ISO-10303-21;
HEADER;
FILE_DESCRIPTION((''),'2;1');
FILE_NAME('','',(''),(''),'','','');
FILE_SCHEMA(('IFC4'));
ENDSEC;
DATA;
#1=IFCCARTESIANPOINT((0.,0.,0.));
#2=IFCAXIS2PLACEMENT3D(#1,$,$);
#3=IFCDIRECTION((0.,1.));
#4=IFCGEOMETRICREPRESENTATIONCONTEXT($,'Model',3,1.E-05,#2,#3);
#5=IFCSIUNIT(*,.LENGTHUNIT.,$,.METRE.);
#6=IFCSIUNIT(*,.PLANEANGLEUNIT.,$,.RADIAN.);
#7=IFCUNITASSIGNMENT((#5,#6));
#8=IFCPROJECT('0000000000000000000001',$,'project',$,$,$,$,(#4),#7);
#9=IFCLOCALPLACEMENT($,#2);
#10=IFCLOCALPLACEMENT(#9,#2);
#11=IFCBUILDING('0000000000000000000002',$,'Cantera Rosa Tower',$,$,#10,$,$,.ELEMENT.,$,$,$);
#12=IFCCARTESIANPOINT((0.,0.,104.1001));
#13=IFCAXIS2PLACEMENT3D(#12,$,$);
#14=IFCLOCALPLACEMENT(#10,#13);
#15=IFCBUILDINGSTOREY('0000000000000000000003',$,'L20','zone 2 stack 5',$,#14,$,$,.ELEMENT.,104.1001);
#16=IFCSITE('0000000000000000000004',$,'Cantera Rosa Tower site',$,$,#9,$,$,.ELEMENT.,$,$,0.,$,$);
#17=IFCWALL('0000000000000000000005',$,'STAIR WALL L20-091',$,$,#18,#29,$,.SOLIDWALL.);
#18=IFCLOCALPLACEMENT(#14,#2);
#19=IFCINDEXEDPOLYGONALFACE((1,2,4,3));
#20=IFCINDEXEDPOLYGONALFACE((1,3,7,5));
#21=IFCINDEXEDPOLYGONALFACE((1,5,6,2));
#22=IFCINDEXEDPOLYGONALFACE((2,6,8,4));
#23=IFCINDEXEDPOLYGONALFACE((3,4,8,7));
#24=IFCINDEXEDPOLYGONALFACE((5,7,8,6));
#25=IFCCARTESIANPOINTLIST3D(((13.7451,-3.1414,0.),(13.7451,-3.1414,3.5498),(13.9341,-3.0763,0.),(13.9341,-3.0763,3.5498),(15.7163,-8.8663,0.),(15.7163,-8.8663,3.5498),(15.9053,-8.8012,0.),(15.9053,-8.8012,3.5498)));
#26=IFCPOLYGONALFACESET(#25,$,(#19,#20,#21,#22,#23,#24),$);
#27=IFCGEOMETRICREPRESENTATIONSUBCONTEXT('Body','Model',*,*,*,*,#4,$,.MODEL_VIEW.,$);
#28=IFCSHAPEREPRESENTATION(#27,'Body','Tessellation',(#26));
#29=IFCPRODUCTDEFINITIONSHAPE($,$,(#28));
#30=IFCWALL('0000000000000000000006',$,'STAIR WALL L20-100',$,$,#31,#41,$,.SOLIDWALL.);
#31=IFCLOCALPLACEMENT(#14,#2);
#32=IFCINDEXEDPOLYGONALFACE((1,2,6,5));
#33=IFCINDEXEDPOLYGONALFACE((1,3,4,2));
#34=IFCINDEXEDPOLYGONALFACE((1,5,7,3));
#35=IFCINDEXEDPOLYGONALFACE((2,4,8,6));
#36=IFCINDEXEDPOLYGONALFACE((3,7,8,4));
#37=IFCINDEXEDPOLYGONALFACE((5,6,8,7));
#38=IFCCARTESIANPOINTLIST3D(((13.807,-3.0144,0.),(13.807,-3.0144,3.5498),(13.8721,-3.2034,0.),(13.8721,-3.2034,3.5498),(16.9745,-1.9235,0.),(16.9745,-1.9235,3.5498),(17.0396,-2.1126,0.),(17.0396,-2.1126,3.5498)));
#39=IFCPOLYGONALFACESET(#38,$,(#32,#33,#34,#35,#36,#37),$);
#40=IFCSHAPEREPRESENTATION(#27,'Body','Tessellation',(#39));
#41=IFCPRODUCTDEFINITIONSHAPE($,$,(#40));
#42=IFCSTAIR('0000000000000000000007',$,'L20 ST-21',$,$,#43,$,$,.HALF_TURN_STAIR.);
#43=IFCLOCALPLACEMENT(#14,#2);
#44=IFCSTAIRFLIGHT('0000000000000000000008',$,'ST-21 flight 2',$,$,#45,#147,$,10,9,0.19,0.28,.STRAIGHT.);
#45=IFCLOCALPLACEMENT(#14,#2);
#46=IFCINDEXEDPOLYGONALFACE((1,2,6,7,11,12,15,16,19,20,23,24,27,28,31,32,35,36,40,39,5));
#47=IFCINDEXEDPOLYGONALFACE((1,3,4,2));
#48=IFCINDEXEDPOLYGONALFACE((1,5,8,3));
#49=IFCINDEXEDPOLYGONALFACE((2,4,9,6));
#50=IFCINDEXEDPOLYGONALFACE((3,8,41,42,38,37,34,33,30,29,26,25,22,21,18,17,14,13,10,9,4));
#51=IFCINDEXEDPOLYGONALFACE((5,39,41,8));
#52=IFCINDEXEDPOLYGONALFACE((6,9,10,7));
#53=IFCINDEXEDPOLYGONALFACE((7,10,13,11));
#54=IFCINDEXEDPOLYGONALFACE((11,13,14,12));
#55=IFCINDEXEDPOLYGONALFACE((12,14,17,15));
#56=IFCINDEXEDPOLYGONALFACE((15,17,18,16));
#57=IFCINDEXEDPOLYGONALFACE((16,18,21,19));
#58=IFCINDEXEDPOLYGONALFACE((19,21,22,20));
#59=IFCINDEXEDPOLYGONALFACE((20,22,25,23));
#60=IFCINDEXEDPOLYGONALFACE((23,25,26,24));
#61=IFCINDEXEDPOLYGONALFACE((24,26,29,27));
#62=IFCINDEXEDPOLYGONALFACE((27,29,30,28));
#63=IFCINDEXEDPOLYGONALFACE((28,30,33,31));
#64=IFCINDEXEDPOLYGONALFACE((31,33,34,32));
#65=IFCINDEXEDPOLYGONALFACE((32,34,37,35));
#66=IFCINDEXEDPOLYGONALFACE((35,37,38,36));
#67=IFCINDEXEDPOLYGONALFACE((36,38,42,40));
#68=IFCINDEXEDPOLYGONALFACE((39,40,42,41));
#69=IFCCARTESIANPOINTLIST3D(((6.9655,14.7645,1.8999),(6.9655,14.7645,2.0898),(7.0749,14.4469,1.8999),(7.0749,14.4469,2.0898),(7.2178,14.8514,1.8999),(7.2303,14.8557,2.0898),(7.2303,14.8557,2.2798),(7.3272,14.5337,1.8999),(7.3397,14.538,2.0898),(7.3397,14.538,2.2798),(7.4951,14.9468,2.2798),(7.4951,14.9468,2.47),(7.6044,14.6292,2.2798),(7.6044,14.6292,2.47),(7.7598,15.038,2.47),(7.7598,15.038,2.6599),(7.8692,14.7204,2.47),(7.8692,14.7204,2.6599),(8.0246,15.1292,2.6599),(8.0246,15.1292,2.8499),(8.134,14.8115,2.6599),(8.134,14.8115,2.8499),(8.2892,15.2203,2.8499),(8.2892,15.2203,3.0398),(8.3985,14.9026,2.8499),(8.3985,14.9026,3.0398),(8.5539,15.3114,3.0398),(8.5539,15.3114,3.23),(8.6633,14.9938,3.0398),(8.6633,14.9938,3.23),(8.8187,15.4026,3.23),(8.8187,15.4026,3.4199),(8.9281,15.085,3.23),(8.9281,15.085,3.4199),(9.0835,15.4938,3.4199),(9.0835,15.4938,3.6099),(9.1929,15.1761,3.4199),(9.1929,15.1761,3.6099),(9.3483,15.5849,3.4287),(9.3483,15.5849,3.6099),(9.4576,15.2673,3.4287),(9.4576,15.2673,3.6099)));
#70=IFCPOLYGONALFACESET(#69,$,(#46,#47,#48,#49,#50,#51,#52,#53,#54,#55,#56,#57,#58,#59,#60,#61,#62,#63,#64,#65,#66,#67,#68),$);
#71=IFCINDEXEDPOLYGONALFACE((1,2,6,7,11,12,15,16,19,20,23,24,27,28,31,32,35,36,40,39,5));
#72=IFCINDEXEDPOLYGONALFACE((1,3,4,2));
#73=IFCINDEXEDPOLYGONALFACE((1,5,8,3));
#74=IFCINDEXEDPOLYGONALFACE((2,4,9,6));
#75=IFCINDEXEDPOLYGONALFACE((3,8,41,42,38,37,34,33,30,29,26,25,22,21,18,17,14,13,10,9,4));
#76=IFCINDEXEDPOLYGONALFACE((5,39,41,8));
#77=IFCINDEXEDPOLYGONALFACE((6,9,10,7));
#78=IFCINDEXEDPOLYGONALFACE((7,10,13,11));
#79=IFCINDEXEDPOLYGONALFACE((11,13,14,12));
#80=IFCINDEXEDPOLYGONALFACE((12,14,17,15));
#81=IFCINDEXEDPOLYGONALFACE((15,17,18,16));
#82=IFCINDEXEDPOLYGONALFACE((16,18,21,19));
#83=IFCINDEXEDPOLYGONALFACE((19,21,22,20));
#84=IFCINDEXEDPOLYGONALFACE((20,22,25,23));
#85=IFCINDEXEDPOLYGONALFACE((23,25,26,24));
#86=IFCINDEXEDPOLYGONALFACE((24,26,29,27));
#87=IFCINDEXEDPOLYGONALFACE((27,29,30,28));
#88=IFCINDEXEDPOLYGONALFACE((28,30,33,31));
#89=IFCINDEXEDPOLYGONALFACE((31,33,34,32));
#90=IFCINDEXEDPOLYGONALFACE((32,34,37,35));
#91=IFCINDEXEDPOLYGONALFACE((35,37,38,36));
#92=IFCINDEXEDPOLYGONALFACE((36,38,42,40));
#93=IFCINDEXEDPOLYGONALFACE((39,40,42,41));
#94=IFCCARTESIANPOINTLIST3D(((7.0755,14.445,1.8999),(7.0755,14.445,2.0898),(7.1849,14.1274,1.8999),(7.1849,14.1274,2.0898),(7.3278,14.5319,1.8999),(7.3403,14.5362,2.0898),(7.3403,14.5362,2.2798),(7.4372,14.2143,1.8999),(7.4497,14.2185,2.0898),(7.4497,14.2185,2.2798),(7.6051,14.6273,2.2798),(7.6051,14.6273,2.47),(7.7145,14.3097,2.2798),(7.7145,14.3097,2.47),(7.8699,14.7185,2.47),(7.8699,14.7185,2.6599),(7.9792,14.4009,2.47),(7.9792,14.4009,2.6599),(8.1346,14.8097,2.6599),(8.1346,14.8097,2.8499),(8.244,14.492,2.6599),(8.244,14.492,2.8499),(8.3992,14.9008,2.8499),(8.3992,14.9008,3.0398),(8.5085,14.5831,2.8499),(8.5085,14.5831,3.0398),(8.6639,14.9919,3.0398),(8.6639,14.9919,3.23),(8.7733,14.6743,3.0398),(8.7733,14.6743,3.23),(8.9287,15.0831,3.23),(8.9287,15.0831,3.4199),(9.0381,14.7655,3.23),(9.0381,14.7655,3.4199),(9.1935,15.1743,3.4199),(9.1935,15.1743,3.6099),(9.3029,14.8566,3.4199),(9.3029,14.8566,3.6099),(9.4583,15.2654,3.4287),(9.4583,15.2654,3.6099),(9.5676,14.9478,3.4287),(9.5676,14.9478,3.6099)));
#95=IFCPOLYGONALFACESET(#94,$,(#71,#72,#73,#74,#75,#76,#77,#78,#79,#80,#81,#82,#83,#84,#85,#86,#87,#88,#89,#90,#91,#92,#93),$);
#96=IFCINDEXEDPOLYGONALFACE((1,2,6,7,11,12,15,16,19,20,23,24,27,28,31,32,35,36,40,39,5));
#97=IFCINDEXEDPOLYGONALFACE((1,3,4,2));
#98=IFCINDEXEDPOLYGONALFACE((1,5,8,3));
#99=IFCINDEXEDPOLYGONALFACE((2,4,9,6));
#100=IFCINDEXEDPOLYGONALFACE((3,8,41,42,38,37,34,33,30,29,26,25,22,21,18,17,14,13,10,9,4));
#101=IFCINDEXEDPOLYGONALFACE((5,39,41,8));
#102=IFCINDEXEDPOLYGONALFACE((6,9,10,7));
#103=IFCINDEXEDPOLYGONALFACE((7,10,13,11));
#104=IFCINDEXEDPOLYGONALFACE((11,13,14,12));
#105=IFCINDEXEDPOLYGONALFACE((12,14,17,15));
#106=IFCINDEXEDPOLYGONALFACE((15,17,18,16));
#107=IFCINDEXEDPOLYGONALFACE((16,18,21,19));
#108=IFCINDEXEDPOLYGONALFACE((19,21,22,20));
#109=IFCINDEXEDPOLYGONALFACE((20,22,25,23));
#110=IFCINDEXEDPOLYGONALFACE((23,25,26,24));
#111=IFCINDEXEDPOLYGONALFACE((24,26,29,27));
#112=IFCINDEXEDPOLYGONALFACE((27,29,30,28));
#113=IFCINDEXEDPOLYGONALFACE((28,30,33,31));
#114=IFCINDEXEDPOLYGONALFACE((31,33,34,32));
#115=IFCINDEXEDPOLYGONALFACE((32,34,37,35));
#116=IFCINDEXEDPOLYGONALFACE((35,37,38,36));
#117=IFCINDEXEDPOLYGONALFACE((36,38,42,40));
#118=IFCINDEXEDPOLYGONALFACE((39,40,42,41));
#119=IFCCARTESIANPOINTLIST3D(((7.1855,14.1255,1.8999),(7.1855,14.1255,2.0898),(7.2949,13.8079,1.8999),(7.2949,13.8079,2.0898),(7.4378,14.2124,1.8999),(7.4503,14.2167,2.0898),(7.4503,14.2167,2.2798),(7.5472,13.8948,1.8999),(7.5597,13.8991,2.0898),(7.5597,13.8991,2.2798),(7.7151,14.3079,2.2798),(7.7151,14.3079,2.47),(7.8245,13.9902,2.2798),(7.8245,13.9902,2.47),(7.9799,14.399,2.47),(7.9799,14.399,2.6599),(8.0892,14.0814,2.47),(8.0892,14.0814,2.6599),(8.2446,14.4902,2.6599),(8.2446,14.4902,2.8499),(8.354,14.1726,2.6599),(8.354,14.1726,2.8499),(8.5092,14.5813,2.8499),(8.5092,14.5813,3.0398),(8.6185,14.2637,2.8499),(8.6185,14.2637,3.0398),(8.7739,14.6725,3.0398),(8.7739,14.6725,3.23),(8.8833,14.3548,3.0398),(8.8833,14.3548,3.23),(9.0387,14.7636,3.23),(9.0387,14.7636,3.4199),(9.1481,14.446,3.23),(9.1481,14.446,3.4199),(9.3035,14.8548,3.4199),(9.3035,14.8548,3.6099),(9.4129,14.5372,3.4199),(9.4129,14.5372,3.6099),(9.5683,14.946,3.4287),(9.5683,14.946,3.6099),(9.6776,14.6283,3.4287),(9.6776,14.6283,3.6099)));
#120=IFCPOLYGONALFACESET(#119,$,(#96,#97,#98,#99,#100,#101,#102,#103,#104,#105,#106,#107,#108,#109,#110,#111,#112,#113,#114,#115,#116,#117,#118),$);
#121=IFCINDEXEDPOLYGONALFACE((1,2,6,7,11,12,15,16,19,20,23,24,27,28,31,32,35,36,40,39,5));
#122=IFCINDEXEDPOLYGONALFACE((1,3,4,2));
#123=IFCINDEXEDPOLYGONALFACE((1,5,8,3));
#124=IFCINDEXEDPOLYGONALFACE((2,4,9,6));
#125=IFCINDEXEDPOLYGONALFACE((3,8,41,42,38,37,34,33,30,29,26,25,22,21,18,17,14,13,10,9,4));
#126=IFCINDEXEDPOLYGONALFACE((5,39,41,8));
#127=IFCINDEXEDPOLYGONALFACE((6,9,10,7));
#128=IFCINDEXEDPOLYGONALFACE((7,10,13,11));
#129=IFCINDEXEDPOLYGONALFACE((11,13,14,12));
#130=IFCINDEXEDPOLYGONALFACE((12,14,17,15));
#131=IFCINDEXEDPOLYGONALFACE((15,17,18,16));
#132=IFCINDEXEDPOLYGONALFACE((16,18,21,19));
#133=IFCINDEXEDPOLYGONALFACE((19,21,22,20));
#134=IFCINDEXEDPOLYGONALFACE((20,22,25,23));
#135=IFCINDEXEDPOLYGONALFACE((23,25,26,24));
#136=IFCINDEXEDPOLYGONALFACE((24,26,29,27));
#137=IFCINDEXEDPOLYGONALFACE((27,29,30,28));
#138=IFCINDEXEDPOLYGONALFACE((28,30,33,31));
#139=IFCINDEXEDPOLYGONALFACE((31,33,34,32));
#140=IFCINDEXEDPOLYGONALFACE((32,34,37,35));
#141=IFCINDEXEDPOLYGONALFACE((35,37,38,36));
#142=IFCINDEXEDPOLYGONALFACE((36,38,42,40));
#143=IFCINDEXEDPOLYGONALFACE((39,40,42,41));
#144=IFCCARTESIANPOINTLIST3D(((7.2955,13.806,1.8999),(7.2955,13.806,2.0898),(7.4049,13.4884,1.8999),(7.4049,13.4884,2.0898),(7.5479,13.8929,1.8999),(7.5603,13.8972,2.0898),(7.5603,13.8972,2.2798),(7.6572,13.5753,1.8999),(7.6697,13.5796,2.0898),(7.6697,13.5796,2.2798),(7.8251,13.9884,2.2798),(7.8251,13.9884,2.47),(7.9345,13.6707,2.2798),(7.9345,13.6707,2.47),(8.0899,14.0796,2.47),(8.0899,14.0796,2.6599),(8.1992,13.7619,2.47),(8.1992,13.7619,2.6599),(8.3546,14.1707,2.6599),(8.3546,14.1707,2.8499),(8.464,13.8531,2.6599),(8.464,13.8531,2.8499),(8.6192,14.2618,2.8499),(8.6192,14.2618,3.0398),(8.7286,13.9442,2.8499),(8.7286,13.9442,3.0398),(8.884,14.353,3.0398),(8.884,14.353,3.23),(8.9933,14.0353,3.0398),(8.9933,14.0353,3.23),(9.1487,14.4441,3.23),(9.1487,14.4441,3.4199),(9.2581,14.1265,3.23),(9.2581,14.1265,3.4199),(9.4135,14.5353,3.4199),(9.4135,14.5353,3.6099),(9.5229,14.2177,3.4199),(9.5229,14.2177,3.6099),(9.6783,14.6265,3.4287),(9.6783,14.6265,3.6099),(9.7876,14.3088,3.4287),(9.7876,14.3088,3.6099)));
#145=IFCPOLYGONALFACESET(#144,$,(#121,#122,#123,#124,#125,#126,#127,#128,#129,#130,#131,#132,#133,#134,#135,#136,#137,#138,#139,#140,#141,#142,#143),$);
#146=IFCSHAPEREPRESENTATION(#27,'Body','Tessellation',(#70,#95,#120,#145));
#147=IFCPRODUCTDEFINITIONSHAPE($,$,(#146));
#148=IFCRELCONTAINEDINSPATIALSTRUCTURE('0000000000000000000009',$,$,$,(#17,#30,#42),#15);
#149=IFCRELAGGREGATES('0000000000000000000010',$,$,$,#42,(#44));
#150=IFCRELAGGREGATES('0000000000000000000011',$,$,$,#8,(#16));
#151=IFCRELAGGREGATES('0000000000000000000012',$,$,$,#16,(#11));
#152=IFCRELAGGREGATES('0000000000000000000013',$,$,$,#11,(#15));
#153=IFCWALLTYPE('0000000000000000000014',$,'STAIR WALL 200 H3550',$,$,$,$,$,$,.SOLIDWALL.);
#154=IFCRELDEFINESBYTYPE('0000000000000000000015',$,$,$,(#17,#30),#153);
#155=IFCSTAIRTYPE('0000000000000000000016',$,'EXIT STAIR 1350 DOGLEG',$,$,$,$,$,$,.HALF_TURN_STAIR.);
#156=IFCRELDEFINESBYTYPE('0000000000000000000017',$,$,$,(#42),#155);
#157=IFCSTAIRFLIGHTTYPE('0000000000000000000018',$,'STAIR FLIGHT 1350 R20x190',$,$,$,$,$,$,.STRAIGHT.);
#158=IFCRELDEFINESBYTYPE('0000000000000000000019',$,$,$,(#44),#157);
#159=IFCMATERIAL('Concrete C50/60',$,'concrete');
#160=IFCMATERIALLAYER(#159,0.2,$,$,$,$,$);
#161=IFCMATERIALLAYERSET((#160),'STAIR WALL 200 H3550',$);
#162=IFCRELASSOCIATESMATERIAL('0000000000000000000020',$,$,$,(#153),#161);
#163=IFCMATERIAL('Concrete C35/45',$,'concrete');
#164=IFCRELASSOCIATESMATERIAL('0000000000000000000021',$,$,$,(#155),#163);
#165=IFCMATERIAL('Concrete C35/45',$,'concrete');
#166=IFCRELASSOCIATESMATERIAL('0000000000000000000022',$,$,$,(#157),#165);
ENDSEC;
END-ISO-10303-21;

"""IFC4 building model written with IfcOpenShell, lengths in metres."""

from ifc_helpers import new_model, si_unit, direction, frame, frame_2d, origin, place, context, subcontext, project, spatial, polyline, rectangle, outline, extrude, material, layer, layer_set, type_object, element, aggregate, save


model = new_model("IFC4")

# Units and contexts
model_context = context("Model", 3, precision=1e-05, world=origin(), true_north=direction((0.0, 1.0)))
body_context = subcontext(model_context, "Body", "Model", "MODEL_VIEW")
ifc_project = project(units=[si_unit("LENGTHUNIT", "METRE"), si_unit("PLANEANGLEUNIT", "RADIAN")], contexts=[model_context])

# Site, building, storey
site_placement = place(None, origin())
site = spatial("IfcSite", under=ifc_project, at=site_placement, Name="Cantera Rosa Tower site", CompositionType="ELEMENT", RefElevation=0.0)
building_placement = place(site_placement, origin())
building = spatial("IfcBuilding", under=site, at=building_placement, Name="Cantera Rosa Tower", CompositionType="ELEMENT")
storey_placement = place(building_placement, frame((0.0, 0.0, 104.1001)))
storey = spatial("IfcBuildingStorey", under=building, at=storey_placement, Name="L20", Description="zone 2 stack 5", CompositionType="ELEMENT", Elevation=104.1001)

# Walls
ifc_material_1 = material(Name="Concrete C50/60", Category="concrete")
ifc_layer_1 = layer(ifc_material_1, 0.2)
ifc_layer_set_1 = layer_set([ifc_layer_1], Name="STAIR WALL 200 H3550")
wall_type_1 = type_object("IfcWallType", Name="STAIR WALL 200 H3550", PredefinedType="SOLIDWALL", material=ifc_layer_set_1)
wall_1_placement = place(storey_placement, frame((13.8396, -3.1089, 0.0), z_axis=(0.0, 0.0, 1.0), x_axis=(0.325563, -0.94552, 0.0)))
element("IfcWall", 1, at=wall_1_placement, inside=storey, type_object=wall_type_1, Name="STAIR WALL L20-091", PredefinedType="SOLIDWALL", context=body_context, shape_type="SweptSolid", body=[
    extrude(rectangle(XDim=6.0547, YDim=0.2, at=frame_2d((3.0273, 0.0))), origin(), (0.0, 0.0, 1.0), 3.5498),
])
wall_2_placement = place(storey_placement, frame((17.0071, -2.0181, 0.0), z_axis=(0.0, 0.0, 1.0), x_axis=(-0.945503, -0.325613, 0.0)))
element("IfcWall", 2, at=wall_2_placement, inside=storey, type_object=wall_type_1, Name="STAIR WALL L20-100", PredefinedType="SOLIDWALL", context=body_context, shape_type="SweptSolid", body=[
    extrude(rectangle(XDim=3.3501, YDim=0.2, at=frame_2d((1.675, 0.0))), origin(), (0.0, 0.0, 1.0), 3.5498),
])

# Stair, stair flight
ifc_material_2 = material(Name="Concrete C35/45", Category="concrete")
stair_type = type_object("IfcStairType", Name="EXIT STAIR 1350 DOGLEG", PredefinedType="HALF_TURN_STAIR", material=ifc_material_2)
stair_placement = place(storey_placement, origin())
stair = element("IfcStair", 3, at=stair_placement, inside=storey, type_object=stair_type, Name="L20 ST-21", PredefinedType="HALF_TURN_STAIR")
ifc_material_3 = material(Name="Concrete C35/45", Category="concrete")
stair_flight_type = type_object("IfcStairFlightType", Name="STAIR FLIGHT 1350 R20x190", PredefinedType="STRAIGHT", material=ifc_material_3)
stair_flight_placement = place(storey_placement, frame((7.1853, 14.1262, 1.8999), z_axis=(0.0, 0.0, 1.0), x_axis=(0.945519, 0.325568, 0.0)))
stair_flight = element("IfcStairFlight", 4, at=stair_flight_placement, type_object=stair_flight_type, Name="ST-21 flight 2", NumberOfRisers=10, NumberOfTreads=9, PredefinedType="STRAIGHT", RiserHeight=0.19, TreadLength=0.28, context=body_context, shape_type="SweptSolid", body=[
    extrude(outline(polyline([(0.0, 0.0), (0.0, 0.1899), (0.28, 0.1899), (0.28, 0.3799), (0.5601, 0.3799), (0.5601, 0.5701), (0.8401, 0.5701), (0.8401, 0.76), (1.1201, 0.76), (1.1201, 0.95), (1.3999, 0.95), (1.3999, 1.1399), (1.6799, 1.1399), (1.6799, 1.3301), (1.96, 1.3301), (1.96, 1.52), (2.24, 1.52), (2.24, 1.71), (2.52, 1.71), (2.52, 1.8999), (2.52, 1.5288), (0.2668, 0.0), (0.0, 0.0)])), frame((0.0, 0.675, 0.0), z_axis=(0.0, -1.0, 0.0), x_axis=(1.0, 0.0, 0.0)), (0.0, 0.0, 1.0), 0.3359),
    extrude(outline(polyline([(0.0, 0.0), (0.0, 0.1899), (0.28, 0.1899), (0.28, 0.3799), (0.5601, 0.3799), (0.5601, 0.5701), (0.8401, 0.5701), (0.8401, 0.76), (1.1201, 0.76), (1.1201, 0.95), (1.3999, 0.95), (1.3999, 1.1399), (1.6799, 1.1399), (1.6799, 1.3301), (1.96, 1.3301), (1.96, 1.52), (2.24, 1.52), (2.24, 1.71), (2.52, 1.71), (2.52, 1.8999), (2.52, 1.5288), (0.2668, 0.0), (0.0, 0.0)])), frame((0.0, 0.3372, 0.0), z_axis=(0.0, -1.0, 0.0), x_axis=(1.0, 0.0, 0.0)), (0.0, 0.0, 1.0), 0.3359),
    extrude(outline(polyline([(0.0, 0.0), (0.0, 0.1899), (0.28, 0.1899), (0.28, 0.3799), (0.5601, 0.3799), (0.5601, 0.5701), (0.8401, 0.5701), (0.8401, 0.76), (1.1201, 0.76), (1.1201, 0.95), (1.3999, 0.95), (1.3999, 1.1399), (1.6799, 1.1399), (1.6799, 1.3301), (1.96, 1.3301), (1.96, 1.52), (2.24, 1.52), (2.24, 1.71), (2.52, 1.71), (2.52, 1.8999), (2.52, 1.5288), (0.2668, 0.0), (0.0, 0.0)])), frame((0.0, -0.0007, 0.0), z_axis=(0.0, -1.0, 0.0), x_axis=(1.0, 0.0, 0.0)), (0.0, 0.0, 1.0), 0.3359),
    extrude(outline(polyline([(0.0, 0.0), (0.0, 0.1899), (0.28, 0.1899), (0.28, 0.3799), (0.5601, 0.3799), (0.5601, 0.5701), (0.8401, 0.5701), (0.8401, 0.76), (1.1201, 0.76), (1.1201, 0.95), (1.3999, 0.95), (1.3999, 1.1399), (1.6799, 1.1399), (1.6799, 1.3301), (1.96, 1.3301), (1.96, 1.52), (2.24, 1.52), (2.24, 1.71), (2.52, 1.71), (2.52, 1.8999), (2.52, 1.5288), (0.2668, 0.0), (0.0, 0.0)])), frame((0.0, -0.3386, 0.0), z_axis=(0.0, -1.0, 0.0), x_axis=(1.0, 0.0, 0.0)), (0.0, 0.0, 1.0), 0.3359),
])
aggregate(stair, [stair_flight])

save(model, "model.ifc")
